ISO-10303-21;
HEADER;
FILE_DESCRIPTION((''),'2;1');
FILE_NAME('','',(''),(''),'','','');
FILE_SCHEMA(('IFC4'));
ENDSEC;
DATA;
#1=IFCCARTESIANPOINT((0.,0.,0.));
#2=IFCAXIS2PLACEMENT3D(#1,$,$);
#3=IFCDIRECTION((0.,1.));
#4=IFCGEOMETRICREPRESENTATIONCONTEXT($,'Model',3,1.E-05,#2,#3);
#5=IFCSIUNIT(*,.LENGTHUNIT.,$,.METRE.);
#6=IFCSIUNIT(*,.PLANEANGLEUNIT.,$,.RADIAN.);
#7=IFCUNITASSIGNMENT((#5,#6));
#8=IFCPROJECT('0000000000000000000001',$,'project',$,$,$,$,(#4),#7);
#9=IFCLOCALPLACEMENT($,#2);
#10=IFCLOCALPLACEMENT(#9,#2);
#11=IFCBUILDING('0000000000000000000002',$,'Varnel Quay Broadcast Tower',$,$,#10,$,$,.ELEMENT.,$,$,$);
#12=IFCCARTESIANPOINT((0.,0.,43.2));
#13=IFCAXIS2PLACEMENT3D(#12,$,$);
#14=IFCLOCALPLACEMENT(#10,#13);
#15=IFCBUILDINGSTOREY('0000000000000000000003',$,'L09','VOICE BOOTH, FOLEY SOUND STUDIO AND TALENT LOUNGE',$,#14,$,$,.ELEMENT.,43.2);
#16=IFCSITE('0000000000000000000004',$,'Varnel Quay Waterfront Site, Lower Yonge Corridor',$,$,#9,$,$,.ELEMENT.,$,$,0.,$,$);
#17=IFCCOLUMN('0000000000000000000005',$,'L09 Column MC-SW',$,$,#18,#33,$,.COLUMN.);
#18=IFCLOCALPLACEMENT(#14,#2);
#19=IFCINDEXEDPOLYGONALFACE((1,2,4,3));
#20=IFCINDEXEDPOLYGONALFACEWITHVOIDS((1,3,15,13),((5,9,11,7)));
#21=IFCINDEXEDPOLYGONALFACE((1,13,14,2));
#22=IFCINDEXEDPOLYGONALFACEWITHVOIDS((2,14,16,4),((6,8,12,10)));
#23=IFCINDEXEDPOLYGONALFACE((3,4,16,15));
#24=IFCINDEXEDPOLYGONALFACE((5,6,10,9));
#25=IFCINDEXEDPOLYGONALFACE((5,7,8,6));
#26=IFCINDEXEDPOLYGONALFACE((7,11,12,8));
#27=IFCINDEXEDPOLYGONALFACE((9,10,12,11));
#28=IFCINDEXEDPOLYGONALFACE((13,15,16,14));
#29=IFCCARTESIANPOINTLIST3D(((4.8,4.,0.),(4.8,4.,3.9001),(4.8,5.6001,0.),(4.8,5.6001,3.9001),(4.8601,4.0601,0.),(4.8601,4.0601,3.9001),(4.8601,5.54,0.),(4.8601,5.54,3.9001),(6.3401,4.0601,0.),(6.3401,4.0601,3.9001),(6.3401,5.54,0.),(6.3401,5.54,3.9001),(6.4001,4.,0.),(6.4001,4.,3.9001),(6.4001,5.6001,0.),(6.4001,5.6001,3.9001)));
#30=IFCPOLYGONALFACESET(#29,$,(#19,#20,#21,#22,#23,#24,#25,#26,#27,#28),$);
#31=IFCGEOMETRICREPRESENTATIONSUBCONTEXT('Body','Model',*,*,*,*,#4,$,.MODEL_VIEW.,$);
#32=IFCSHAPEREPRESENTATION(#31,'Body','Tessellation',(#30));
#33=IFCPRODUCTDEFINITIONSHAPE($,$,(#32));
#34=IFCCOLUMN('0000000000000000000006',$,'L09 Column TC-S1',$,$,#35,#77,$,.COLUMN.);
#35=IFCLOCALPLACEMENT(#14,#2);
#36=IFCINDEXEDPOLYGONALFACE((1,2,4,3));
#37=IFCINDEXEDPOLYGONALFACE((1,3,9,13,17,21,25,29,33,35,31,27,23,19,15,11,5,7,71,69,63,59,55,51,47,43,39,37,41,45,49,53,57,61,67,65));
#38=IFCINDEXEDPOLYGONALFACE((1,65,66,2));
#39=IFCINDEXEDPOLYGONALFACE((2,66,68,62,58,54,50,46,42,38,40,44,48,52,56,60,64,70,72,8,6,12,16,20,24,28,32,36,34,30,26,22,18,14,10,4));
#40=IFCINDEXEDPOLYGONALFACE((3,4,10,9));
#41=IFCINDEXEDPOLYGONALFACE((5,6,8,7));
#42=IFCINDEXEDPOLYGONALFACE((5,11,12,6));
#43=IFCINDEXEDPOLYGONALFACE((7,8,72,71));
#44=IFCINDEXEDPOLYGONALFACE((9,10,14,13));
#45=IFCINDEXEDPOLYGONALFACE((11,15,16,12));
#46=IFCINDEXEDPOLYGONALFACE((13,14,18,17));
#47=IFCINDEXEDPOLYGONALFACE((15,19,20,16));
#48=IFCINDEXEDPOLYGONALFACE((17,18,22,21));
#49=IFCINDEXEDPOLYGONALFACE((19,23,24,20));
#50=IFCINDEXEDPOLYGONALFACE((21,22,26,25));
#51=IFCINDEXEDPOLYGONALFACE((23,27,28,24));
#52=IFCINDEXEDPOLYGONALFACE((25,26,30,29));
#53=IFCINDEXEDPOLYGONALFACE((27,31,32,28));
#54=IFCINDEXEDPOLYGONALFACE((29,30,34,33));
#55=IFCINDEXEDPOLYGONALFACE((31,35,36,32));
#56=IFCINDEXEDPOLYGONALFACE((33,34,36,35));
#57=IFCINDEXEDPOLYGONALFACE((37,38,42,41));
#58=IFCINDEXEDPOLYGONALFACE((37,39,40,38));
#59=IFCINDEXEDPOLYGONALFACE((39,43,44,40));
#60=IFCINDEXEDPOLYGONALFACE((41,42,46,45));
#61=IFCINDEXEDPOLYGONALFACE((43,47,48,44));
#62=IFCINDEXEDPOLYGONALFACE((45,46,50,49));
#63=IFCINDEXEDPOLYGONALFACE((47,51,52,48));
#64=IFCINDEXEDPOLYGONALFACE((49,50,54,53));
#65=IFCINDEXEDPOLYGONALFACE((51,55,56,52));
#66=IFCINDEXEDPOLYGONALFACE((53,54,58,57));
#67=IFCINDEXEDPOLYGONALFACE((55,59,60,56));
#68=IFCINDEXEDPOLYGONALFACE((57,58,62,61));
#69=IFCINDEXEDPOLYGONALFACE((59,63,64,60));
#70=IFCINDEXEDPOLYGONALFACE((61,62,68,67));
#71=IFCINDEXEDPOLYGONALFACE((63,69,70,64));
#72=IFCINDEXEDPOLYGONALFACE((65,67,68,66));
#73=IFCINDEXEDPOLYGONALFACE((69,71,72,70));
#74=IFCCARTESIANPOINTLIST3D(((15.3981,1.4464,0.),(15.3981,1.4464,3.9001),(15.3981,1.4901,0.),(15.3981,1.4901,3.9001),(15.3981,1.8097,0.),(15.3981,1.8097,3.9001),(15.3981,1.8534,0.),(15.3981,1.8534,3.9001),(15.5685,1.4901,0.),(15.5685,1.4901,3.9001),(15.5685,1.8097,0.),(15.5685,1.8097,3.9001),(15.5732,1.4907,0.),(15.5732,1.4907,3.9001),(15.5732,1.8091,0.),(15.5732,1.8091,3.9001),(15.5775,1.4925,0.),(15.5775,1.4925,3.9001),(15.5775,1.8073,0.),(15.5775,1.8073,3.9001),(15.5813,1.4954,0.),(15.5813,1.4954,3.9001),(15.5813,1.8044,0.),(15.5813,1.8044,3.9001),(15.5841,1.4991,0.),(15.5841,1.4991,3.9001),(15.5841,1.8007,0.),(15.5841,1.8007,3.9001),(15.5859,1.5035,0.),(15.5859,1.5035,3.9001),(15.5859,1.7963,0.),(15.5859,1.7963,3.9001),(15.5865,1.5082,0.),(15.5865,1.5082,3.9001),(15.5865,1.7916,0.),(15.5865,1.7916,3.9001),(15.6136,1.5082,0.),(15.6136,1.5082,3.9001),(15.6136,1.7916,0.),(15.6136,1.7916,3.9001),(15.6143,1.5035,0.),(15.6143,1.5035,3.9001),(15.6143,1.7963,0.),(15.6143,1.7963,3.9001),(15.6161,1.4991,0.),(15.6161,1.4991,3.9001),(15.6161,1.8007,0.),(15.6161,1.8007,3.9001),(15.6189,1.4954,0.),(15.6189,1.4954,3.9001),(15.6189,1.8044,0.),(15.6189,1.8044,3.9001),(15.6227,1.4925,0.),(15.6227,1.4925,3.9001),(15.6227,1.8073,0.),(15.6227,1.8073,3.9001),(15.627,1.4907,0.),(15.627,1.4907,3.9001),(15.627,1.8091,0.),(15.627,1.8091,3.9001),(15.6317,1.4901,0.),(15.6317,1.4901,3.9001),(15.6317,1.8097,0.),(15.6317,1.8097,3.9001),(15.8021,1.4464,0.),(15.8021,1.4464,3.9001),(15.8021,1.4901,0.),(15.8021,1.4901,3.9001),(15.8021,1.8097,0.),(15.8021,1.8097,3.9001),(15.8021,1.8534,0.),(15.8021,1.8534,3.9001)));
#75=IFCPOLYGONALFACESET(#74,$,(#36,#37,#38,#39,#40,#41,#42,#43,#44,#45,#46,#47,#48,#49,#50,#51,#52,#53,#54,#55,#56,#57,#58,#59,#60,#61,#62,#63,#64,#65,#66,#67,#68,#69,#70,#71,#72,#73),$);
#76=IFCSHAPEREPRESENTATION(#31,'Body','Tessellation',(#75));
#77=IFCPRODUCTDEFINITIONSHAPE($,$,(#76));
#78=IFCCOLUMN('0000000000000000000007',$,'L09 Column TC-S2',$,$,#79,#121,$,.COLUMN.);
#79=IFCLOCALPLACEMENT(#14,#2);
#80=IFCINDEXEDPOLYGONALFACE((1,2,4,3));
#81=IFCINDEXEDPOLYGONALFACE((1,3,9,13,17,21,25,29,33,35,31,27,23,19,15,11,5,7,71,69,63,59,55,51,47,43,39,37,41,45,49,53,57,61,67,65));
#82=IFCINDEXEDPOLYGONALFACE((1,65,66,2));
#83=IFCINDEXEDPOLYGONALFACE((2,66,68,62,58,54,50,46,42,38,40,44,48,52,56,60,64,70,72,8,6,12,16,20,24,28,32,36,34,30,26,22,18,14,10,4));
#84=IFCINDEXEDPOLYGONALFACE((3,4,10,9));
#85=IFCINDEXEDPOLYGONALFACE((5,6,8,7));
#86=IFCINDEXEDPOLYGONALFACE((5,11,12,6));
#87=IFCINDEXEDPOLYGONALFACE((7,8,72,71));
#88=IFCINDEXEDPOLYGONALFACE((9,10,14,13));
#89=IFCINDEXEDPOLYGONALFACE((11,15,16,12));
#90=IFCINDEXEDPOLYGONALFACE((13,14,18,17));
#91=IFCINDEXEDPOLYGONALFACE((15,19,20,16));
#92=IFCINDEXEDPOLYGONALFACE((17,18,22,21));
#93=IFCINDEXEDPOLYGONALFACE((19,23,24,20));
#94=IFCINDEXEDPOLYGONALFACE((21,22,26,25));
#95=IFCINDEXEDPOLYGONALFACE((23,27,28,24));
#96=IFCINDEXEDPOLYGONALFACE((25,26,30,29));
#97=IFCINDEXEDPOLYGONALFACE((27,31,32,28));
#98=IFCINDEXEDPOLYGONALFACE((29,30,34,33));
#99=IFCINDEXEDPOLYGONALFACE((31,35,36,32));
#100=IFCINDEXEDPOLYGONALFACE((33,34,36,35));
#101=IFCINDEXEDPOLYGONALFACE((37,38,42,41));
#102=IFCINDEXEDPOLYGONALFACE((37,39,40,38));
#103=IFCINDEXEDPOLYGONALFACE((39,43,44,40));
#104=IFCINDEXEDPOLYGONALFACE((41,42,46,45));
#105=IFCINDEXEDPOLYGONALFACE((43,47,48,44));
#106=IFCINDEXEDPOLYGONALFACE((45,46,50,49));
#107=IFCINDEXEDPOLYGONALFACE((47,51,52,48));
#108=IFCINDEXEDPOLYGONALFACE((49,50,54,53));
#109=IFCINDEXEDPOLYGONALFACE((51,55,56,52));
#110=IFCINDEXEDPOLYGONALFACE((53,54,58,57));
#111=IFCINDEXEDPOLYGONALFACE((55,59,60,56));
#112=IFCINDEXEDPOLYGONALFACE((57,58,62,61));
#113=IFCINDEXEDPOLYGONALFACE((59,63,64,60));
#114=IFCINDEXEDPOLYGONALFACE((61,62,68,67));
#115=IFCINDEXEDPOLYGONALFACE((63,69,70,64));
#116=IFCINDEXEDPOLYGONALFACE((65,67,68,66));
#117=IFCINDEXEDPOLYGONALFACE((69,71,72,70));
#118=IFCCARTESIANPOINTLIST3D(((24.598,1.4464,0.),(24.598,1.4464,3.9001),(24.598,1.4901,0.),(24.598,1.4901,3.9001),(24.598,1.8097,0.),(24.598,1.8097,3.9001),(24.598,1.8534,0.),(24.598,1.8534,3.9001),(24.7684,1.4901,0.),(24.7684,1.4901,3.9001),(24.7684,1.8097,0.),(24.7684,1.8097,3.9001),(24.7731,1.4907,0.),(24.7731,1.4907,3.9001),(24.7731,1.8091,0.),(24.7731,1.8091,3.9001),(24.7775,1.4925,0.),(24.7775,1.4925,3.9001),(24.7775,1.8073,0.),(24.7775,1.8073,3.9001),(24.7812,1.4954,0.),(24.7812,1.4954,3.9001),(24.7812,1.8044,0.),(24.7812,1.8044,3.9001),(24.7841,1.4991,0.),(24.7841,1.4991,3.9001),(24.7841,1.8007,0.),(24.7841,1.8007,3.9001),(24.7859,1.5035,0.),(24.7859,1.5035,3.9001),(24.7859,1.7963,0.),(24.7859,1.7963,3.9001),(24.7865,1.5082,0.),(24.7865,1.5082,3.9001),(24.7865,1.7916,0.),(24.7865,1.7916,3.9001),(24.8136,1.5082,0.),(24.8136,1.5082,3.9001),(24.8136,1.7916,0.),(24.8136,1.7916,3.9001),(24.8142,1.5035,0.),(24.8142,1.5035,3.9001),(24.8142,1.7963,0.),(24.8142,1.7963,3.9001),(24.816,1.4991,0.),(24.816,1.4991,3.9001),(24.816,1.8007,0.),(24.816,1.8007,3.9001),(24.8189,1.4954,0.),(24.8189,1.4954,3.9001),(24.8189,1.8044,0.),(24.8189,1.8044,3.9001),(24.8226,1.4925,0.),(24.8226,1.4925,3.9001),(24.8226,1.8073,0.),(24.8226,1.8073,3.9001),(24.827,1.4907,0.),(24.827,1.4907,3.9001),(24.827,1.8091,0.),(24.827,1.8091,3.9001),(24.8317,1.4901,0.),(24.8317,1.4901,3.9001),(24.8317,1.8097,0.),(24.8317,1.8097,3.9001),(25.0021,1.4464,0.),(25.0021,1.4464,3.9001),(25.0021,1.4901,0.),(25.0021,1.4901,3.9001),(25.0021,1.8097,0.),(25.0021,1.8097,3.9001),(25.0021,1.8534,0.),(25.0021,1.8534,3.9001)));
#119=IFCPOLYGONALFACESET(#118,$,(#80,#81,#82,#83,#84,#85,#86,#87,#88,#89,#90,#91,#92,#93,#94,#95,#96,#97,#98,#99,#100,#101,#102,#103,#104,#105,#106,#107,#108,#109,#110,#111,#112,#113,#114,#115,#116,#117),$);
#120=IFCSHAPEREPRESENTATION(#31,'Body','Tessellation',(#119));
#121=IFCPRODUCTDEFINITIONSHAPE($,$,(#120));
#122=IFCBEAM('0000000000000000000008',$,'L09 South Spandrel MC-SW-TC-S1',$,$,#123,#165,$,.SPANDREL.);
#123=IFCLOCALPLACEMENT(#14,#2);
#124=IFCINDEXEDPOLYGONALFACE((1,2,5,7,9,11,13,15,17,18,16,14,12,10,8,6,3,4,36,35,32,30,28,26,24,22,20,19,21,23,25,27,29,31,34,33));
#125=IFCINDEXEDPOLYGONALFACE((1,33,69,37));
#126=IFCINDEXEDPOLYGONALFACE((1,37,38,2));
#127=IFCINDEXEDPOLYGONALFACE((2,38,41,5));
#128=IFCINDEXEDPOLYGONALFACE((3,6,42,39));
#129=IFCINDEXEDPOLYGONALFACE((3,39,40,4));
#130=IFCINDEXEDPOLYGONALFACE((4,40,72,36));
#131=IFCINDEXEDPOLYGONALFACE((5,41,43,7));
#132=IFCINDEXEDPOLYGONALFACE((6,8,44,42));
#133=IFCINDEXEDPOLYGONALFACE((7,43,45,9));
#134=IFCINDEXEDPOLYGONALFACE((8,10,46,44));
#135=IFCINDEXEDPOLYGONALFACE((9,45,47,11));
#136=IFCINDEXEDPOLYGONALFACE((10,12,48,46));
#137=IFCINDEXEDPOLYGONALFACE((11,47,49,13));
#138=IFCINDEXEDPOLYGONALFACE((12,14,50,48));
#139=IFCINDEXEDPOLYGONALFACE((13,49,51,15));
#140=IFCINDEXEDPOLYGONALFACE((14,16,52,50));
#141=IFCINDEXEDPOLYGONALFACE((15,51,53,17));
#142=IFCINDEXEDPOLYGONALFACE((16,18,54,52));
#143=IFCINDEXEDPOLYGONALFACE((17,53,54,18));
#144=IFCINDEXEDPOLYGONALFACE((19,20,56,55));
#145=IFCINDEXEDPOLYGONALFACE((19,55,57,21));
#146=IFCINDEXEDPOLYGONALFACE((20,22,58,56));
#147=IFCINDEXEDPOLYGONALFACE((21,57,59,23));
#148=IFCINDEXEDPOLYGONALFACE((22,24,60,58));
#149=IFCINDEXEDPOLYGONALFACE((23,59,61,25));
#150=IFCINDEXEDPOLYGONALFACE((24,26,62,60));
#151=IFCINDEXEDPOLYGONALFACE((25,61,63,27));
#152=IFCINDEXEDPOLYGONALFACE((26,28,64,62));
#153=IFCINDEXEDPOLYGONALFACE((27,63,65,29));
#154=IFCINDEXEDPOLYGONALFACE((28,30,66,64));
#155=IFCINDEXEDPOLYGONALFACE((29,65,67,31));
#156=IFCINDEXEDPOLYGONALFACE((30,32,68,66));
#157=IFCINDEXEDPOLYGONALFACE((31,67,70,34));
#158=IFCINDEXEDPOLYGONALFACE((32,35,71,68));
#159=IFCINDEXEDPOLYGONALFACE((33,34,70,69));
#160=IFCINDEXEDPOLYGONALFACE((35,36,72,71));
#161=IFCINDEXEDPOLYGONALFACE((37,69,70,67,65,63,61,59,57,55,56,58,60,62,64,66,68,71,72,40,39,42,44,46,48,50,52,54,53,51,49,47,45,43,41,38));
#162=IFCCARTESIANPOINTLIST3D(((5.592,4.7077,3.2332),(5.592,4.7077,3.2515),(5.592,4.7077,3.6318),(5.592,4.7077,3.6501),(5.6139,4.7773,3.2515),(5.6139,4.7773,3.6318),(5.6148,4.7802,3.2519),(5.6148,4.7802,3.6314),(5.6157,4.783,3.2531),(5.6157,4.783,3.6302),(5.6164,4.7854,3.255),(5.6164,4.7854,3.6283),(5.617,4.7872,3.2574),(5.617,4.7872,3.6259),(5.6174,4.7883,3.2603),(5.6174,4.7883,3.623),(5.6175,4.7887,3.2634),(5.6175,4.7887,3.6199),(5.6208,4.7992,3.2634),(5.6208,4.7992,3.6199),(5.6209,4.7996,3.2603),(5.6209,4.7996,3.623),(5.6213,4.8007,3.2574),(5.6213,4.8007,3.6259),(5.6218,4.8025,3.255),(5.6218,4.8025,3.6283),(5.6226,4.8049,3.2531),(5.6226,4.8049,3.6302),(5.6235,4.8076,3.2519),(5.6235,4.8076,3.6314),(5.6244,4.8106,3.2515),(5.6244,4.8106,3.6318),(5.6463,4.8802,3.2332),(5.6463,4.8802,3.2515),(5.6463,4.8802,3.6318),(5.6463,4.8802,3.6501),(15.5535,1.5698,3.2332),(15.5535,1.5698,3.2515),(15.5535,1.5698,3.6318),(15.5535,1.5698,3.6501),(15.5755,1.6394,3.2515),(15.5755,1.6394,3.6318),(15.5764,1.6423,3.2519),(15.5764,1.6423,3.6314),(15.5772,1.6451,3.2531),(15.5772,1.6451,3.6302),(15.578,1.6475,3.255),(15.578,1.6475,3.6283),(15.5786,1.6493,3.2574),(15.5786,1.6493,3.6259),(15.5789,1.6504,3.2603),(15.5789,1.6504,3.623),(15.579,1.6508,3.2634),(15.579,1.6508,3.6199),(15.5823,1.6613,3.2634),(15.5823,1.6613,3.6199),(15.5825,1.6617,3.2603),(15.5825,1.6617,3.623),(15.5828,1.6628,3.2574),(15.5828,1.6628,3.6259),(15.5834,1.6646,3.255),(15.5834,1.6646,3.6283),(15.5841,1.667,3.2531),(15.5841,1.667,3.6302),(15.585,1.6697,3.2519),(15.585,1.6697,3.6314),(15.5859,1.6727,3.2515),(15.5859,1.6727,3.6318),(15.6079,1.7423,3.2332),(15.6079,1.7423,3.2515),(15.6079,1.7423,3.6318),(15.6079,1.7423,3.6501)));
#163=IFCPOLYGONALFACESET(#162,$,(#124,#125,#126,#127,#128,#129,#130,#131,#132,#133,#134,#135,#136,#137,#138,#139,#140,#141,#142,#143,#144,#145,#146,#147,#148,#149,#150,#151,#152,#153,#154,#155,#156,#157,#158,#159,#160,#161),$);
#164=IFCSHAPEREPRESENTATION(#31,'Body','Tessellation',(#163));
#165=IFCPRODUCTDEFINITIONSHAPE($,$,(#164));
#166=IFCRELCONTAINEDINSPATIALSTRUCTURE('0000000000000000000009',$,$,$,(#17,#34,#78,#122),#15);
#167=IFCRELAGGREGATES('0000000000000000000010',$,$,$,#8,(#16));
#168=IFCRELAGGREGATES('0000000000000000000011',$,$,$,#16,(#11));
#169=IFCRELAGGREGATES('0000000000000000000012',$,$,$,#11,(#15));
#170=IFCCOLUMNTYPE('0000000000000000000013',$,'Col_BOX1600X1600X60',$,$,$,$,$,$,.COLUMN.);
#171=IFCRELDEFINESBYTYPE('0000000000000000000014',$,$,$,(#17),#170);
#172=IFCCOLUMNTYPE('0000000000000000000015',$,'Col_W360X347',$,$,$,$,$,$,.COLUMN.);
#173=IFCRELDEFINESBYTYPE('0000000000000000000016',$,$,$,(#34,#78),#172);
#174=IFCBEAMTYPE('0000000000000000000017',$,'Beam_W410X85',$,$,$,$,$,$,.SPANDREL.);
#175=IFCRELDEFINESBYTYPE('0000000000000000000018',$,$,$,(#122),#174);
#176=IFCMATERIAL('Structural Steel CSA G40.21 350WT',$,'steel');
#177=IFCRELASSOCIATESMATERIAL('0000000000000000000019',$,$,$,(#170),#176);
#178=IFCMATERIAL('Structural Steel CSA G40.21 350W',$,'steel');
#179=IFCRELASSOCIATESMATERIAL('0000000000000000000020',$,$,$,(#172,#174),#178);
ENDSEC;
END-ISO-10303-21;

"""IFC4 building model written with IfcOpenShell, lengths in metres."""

from ifc_helpers import new_model, si_unit, direction, frame, origin, origin_2d, place, context, subcontext, project, spatial, hollow_rectangle, i_section, extrude, source, transform, mapped, material, material_profile, profile_set, type_object, type_shapes, element, save


model = new_model("IFC4")

# Units and contexts
model_context = context("Model", 3, precision=1e-05, world=origin(), true_north=direction((0.0, 1.0)))
body_context = subcontext(model_context, "Body", "Model", "MODEL_VIEW")
ifc_project = project(units=[si_unit("LENGTHUNIT", "METRE"), si_unit("PLANEANGLEUNIT", "RADIAN")], contexts=[model_context])

# Site, building, storey
site_placement = place(None, origin())
site = spatial("IfcSite", under=ifc_project, at=site_placement, Name="Varnel Quay Waterfront Site, Lower Yonge Corridor", CompositionType="ELEMENT", RefElevation=0.0)
building_placement = place(site_placement, origin())
building = spatial("IfcBuilding", under=site, at=building_placement, Name="Varnel Quay Broadcast Tower", CompositionType="ELEMENT")
storey_placement = place(building_placement, frame((0.0, 0.0, 43.2)))
storey = spatial("IfcBuildingStorey", under=building, at=storey_placement, Name="L09", Description="VOICE BOOTH, FOLEY SOUND STUDIO AND TALENT LOUNGE", CompositionType="ELEMENT", Elevation=43.2)

# Columns
ifc_material_1 = material(Name="Structural Steel CSA G40.21 350WT", Category="steel")
ifc_material_profile_1 = material_profile(ifc_material_1, hollow_rectangle(XDim=1.6001, YDim=1.6001, WallThickness=0.0601, at=origin_2d()), Name="BOX1600X1600X60")
ifc_profile_set_1 = profile_set([ifc_material_profile_1], Name="Structural Steel CSA G40.21 350WT")
column_type_1 = type_object("IfcColumnType", Name="Col_BOX1600X1600X60", PredefinedType="COLUMN", material=ifc_profile_set_1)
shared_shape_1 = source(origin(), body_context, "Body", "SweptSolid", [
    extrude(hollow_rectangle(XDim=1.6001, YDim=1.6001, WallThickness=0.0601, at=origin_2d()), origin(), (0.0, 0.0, 1.0), 3.9001),
])
type_shapes(column_type_1, [shared_shape_1])
column_placement = place(storey_placement, frame((5.6001, 4.8, 0.0), z_axis=(0.0, 0.0, 1.0), x_axis=(1.0, 0.0, 0.0)))
element("IfcColumn", 1, at=column_placement, inside=storey, type_object=column_type_1, Name="L09 Column MC-SW", PredefinedType="COLUMN", context=body_context, shape_type="MappedRepresentation", body=[
    mapped(shared_shape_1, transform((0.0, 0.0, 0.0), x_axis=(1.0, 0.0, 0.0), y_axis=(0.0, 1.0, 0.0), z_axis=(0.0, 0.0, 1.0), scale=1.0)),
])
ifc_material_2 = material(Name="Structural Steel CSA G40.21 350W", Category="steel")
ifc_material_profile_2 = material_profile(ifc_material_2, i_section(OverallWidth=0.4041, OverallDepth=0.407, WebThickness=0.0271, FlangeThickness=0.0437, FilletRadius=0.0181, at=origin_2d()), Name="W360X347")
ifc_profile_set_2 = profile_set([ifc_material_profile_2], Name="Structural Steel CSA G40.21 350W")
column_type_2 = type_object("IfcColumnType", Name="Col_W360X347", PredefinedType="COLUMN", material=ifc_profile_set_2)
shared_shape_2 = source(origin(), body_context, "Body", "SweptSolid", [
    extrude(i_section(OverallWidth=0.4041, OverallDepth=0.407, WebThickness=0.0271, FlangeThickness=0.0437, FilletRadius=0.0181, at=origin_2d()), origin(), (0.0, 0.0, 1.0), 3.9001),
])
type_shapes(column_type_2, [shared_shape_2])
for number, where, z_axis, x_axis, name in (
    (2, (15.6001, 1.6499, 0.0), (0.0, 0.0, 1.0), (1.0, 0.0, 0.0), "L09 Column TC-S1"),
    (3, (24.8, 1.6499, 0.0), (0.0, 0.0, 1.0), (1.0, 0.0, 0.0), "L09 Column TC-S2"),
):
    element("IfcColumn", number, at=place(storey_placement, frame(where, z_axis=z_axis, x_axis=x_axis)), inside=storey, type_object=column_type_2, Name=name, PredefinedType="COLUMN", context=body_context, shape_type="MappedRepresentation", body=[
        mapped(shared_shape_2, transform((0.0, 0.0, 0.0), x_axis=(1.0, 0.0, 0.0), y_axis=(0.0, 1.0, 0.0), z_axis=(0.0, 0.0, 1.0), scale=1.0)),
    ])

# Beam
ifc_material_profile_3 = material_profile(ifc_material_2, i_section(OverallWidth=0.1809, OverallDepth=0.417, WebThickness=0.011, FlangeThickness=0.0183, FilletRadius=0.012, at=origin_2d()), Name="W410X85")
ifc_profile_set_3 = profile_set([ifc_material_profile_3], Name="Structural Steel CSA G40.21 350W")
beam_type_1 = type_object("IfcBeamType", Name="Beam_W410X85", PredefinedType="SPANDREL", material=ifc_profile_set_3)
shared_shape_3 = source(origin(), body_context, "Body", "SweptSolid", [
    extrude(i_section(OverallWidth=0.1809, OverallDepth=0.417, WebThickness=0.011, FlangeThickness=0.0183, FilletRadius=0.012, at=origin_2d()), origin(), (0.0, 0.0, 1.0), 10.4441),
])
beam_1_placement = place(storey_placement, frame((5.6191, 4.7939, 3.4417), z_axis=(0.953798, -0.300448, 0.0), x_axis=(0.300448, 0.953798, 0.0)))
element("IfcBeam", 4, at=beam_1_placement, inside=storey, type_object=beam_type_1, Name="L09 South Spandrel MC-SW-TC-S1", PredefinedType="SPANDREL", context=body_context, shape_type="MappedRepresentation", body=[
    mapped(shared_shape_3, transform((0.0, 0.0, 0.0), x_axis=(1.0, 0.0, 0.0), y_axis=(0.0, 1.0, 0.0), z_axis=(0.0, 0.0, 1.0), scale=1.0)),
])

save(model, "model.ifc")
